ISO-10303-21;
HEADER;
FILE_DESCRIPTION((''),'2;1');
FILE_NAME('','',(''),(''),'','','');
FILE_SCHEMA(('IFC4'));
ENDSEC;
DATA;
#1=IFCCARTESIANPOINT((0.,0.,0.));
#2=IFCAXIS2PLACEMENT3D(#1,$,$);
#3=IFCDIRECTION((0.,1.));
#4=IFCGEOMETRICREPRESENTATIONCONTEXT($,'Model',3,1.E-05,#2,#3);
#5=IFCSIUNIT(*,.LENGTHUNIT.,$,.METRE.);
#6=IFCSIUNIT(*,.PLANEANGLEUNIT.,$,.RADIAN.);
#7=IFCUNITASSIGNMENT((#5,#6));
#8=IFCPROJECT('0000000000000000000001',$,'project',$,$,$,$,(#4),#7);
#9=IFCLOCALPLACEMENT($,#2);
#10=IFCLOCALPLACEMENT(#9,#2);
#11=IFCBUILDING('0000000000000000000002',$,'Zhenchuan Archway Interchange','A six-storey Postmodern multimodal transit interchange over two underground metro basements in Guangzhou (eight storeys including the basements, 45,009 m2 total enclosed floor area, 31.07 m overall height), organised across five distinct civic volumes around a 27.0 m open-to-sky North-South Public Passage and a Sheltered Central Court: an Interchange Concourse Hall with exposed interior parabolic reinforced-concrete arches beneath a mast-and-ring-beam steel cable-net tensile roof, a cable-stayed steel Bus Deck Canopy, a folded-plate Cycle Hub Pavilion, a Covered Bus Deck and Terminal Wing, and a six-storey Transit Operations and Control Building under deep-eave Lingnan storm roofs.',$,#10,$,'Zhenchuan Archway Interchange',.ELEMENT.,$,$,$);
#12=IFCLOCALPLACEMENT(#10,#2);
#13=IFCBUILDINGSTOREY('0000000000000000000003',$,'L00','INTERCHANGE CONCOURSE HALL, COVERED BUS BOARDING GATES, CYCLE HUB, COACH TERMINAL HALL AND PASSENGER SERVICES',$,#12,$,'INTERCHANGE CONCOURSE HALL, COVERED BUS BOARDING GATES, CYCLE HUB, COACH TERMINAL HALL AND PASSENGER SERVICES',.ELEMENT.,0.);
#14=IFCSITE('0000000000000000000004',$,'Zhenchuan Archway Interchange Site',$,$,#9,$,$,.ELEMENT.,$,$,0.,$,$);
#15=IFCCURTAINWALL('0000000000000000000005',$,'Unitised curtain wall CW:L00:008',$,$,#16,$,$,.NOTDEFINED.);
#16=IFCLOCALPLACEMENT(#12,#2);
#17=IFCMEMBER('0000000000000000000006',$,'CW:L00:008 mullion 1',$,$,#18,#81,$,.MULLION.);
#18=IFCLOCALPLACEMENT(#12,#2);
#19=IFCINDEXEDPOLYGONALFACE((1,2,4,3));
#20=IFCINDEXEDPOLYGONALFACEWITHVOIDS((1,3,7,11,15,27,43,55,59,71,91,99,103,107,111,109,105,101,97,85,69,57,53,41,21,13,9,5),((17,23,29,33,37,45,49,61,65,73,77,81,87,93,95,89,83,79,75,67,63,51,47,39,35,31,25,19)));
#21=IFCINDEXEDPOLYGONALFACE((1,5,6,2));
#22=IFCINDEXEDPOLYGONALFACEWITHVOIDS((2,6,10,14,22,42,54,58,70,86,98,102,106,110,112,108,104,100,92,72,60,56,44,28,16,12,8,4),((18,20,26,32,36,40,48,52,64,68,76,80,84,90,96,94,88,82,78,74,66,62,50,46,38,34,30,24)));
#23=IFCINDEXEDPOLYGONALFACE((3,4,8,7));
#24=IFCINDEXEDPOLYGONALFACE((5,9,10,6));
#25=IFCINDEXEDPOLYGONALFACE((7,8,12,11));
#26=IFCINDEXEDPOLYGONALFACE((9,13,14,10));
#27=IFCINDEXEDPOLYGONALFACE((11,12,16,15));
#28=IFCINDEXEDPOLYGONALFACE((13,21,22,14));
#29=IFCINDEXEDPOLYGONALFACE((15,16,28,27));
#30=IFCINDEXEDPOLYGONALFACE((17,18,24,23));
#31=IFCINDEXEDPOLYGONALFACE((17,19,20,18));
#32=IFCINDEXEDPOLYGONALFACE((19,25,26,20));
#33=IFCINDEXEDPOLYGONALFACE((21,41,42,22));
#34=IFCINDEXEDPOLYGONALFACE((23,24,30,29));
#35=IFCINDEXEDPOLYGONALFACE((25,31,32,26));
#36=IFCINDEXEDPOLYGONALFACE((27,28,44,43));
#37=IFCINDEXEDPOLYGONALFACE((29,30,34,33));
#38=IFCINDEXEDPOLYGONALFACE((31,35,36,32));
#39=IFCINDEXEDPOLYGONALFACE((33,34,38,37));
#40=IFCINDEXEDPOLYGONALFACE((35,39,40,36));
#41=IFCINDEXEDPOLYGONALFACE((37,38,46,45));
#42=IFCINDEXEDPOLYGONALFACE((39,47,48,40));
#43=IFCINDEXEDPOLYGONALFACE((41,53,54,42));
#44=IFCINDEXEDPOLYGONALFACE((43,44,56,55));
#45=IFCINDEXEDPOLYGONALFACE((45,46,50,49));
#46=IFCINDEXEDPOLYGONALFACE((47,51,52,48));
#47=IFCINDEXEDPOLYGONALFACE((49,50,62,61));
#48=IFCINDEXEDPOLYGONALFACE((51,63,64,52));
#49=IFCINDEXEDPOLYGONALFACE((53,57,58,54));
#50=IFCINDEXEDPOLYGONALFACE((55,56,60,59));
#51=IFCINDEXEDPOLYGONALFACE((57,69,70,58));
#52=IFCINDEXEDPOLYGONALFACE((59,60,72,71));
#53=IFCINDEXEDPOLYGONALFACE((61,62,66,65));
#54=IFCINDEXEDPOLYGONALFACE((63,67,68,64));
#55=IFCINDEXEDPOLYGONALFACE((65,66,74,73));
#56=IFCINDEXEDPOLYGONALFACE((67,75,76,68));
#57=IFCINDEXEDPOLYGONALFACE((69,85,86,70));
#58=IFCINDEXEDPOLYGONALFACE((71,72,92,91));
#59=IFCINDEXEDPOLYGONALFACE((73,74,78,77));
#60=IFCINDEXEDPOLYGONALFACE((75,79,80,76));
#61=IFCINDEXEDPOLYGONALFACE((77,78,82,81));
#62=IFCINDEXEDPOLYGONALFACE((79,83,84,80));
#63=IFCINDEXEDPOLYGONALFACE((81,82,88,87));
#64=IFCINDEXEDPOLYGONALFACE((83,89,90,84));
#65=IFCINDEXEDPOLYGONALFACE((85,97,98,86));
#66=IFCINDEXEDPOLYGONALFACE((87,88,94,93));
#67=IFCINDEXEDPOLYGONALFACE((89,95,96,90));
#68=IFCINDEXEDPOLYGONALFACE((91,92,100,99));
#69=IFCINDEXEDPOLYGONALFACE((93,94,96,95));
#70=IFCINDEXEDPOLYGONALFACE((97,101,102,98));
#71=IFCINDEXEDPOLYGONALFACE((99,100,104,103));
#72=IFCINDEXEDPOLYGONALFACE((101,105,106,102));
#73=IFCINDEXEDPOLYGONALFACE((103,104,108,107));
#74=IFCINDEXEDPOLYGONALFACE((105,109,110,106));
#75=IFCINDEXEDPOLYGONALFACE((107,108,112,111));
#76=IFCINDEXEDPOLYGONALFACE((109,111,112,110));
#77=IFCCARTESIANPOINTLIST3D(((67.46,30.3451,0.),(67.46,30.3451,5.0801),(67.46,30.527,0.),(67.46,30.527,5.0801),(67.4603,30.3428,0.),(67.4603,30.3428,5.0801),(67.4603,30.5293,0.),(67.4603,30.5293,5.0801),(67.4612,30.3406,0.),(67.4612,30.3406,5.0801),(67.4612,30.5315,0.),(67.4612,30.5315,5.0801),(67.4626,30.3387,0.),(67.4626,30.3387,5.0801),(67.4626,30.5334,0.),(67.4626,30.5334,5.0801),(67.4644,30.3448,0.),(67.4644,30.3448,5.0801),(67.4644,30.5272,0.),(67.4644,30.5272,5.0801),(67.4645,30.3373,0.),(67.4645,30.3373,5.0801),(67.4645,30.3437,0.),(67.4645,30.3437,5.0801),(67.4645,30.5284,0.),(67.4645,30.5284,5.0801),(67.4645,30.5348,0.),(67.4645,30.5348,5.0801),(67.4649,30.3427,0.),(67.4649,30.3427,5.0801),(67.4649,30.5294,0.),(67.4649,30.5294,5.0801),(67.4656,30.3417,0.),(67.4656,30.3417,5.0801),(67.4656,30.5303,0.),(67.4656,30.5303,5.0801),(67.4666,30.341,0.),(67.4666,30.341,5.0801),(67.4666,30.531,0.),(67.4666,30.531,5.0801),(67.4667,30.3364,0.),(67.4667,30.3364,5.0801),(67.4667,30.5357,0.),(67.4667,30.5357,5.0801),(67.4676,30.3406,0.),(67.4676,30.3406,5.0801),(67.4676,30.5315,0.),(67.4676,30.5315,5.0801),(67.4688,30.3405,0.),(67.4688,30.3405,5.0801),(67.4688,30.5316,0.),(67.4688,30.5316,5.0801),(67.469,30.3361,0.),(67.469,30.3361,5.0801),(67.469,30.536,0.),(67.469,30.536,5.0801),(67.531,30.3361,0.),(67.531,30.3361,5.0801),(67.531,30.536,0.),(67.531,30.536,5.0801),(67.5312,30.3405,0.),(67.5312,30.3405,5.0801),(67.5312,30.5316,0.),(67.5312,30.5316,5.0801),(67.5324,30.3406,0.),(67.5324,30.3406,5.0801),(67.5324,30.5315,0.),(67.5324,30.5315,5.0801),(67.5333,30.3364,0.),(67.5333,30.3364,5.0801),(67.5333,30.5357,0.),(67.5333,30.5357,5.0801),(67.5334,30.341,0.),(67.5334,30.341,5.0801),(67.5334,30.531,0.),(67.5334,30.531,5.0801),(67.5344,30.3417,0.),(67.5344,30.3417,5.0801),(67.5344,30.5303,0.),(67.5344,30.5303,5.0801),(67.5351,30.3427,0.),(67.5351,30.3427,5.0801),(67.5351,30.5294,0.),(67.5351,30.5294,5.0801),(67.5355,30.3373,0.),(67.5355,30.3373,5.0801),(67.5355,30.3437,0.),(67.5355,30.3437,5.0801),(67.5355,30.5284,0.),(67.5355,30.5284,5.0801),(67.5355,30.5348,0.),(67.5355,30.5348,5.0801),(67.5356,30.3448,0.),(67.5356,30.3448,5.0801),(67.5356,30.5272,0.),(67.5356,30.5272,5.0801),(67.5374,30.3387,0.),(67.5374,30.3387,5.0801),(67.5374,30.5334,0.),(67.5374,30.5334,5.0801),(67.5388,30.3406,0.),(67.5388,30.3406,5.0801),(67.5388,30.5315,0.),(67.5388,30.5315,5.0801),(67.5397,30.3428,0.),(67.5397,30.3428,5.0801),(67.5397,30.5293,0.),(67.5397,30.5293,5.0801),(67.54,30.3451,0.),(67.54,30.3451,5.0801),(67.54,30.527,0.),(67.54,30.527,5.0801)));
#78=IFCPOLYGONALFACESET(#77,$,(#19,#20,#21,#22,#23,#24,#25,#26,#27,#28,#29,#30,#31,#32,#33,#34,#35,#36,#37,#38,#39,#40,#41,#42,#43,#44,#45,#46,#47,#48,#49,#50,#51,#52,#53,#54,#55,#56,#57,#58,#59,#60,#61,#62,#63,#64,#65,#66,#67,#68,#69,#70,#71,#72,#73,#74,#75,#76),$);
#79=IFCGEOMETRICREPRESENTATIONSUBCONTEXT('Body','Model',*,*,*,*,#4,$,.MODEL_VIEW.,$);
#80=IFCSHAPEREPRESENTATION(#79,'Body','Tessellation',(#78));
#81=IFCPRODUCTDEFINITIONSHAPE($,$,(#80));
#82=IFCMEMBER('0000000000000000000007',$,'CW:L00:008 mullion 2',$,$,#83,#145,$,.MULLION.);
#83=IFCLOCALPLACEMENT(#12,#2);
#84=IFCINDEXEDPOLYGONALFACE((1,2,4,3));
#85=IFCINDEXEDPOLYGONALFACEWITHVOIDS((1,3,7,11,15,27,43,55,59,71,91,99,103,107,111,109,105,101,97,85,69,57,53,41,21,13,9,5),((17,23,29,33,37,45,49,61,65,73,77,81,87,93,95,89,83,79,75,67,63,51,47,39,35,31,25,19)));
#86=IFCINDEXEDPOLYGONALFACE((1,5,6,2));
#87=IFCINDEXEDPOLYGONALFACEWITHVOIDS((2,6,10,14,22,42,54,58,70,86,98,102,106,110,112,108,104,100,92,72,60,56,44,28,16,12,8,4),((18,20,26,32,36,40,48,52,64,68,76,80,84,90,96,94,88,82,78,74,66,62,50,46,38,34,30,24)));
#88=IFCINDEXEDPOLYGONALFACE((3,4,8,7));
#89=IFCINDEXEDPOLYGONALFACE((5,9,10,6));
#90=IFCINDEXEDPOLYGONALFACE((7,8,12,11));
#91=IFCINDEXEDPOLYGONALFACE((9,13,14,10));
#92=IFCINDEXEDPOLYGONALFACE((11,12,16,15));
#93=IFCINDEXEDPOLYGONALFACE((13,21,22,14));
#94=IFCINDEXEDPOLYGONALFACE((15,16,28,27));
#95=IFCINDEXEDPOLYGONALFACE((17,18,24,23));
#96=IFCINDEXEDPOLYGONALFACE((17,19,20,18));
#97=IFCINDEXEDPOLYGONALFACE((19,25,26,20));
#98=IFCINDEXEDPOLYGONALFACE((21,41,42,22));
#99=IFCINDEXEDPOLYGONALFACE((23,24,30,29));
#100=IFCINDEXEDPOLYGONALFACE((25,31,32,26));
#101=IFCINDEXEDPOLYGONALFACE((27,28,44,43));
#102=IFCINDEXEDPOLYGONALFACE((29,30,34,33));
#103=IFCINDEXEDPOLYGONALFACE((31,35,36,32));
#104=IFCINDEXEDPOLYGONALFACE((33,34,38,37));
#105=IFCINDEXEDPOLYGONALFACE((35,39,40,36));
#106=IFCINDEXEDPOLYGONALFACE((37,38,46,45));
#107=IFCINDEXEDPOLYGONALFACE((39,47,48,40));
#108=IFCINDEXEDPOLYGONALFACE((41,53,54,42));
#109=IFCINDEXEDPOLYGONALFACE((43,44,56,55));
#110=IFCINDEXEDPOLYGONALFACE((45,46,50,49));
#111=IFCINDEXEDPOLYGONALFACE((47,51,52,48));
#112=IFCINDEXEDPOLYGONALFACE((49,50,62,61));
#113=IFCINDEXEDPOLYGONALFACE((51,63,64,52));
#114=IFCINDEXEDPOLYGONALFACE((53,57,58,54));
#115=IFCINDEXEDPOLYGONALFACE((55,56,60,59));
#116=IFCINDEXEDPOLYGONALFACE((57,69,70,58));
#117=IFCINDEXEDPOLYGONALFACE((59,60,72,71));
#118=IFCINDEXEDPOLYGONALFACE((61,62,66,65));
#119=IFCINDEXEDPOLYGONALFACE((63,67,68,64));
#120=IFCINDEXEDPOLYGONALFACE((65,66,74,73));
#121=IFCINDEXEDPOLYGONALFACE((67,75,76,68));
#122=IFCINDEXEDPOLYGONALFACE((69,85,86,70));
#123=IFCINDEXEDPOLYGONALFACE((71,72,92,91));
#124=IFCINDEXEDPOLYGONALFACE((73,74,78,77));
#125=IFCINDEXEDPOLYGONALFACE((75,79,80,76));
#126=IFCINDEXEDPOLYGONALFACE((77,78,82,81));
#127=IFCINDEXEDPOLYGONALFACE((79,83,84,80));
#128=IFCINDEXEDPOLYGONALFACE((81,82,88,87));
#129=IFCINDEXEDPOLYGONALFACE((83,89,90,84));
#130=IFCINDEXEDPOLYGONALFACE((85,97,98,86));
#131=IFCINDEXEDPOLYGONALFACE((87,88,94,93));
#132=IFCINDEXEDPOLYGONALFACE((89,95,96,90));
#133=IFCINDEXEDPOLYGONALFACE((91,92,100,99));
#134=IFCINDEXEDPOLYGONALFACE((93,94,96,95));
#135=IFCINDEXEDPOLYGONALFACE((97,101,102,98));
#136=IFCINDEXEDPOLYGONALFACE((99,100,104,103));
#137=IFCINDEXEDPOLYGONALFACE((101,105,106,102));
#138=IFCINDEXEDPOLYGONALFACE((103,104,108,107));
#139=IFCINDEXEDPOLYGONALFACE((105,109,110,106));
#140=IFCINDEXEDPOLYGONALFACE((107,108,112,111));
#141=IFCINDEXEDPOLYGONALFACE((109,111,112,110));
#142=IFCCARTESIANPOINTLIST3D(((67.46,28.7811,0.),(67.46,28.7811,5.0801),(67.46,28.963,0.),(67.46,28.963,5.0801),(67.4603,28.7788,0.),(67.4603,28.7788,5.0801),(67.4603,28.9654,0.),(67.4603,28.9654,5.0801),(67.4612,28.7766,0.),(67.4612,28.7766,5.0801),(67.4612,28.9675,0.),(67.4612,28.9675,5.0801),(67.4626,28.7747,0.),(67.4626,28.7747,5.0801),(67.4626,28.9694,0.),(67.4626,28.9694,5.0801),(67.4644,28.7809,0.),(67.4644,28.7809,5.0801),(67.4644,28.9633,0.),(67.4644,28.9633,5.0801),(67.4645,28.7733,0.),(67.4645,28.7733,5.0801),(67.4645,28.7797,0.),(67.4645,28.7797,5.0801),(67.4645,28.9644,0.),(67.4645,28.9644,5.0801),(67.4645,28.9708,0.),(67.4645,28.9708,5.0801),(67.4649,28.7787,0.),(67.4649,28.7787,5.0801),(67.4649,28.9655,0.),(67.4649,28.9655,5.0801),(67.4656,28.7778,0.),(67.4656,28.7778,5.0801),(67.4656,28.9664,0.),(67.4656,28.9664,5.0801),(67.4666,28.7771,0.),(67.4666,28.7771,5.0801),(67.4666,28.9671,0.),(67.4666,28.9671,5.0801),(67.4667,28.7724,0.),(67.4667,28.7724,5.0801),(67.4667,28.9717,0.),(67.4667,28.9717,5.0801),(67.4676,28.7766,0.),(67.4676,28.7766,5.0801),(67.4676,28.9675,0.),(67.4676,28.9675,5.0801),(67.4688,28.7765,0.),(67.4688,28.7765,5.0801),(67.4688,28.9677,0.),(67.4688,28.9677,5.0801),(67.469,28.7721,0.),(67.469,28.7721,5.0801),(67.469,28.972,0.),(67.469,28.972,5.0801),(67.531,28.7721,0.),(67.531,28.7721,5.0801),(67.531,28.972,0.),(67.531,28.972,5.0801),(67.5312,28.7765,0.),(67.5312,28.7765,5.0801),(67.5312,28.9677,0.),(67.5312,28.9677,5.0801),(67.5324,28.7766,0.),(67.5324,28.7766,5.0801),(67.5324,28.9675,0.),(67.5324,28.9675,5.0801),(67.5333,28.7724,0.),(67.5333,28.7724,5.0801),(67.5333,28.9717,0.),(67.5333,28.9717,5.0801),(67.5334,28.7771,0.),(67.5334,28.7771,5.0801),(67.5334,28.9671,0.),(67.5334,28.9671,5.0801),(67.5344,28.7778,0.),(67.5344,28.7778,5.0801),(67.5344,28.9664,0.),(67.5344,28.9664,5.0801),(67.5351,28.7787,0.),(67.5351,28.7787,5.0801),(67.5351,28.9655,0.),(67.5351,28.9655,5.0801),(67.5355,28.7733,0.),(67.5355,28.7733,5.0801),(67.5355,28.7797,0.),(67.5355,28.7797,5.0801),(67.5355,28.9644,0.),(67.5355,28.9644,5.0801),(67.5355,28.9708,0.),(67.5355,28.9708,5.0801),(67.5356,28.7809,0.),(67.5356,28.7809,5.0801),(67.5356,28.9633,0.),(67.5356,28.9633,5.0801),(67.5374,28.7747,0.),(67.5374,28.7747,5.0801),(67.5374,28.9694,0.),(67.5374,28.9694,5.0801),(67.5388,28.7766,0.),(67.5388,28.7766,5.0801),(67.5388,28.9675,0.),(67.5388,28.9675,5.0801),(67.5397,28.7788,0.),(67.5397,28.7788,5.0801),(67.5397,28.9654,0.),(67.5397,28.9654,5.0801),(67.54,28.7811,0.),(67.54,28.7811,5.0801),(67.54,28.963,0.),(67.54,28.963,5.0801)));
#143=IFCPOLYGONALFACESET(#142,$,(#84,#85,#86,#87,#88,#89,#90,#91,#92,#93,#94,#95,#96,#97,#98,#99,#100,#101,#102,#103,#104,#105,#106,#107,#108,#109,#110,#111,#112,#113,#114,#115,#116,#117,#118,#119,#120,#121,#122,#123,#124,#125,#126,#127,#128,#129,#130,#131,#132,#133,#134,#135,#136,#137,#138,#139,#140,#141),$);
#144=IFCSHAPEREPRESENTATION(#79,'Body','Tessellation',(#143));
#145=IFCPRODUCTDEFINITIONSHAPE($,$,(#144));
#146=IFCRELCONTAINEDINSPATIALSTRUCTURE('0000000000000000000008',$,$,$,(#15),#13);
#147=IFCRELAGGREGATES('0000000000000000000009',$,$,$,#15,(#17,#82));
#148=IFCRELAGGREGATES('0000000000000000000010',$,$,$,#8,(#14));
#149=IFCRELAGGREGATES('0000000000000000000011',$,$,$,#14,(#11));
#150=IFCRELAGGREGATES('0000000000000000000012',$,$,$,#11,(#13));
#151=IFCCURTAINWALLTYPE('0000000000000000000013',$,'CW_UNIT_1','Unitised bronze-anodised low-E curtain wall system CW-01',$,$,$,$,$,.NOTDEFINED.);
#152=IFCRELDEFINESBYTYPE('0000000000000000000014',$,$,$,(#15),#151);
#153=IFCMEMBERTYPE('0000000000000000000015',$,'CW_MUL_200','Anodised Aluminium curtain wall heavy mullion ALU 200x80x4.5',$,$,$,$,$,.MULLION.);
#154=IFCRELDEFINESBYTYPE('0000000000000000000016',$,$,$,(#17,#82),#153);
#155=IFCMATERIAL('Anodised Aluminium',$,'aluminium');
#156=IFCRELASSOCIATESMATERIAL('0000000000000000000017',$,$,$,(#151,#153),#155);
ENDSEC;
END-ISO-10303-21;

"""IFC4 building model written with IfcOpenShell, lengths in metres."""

from ifc_helpers import new_model, si_unit, direction, frame, origin, origin_2d, place, context, subcontext, project, spatial, hollow_rectangle, extrude, material, material_profile, profile_set, type_object, element, aggregate, save


model = new_model("IFC4")

# Units and contexts
model_context = context("Model", 3, precision=1e-05, world=origin(), true_north=direction((0.0, 1.0)))
body_context = subcontext(model_context, "Body", "Model", "MODEL_VIEW")
ifc_project = project(units=[si_unit("LENGTHUNIT", "METRE"), si_unit("PLANEANGLEUNIT", "RADIAN")], contexts=[model_context])

# Site, building, storey
site_placement = place(None, origin())
site = spatial("IfcSite", under=ifc_project, at=site_placement, Name="Zhenchuan Archway Interchange Site", CompositionType="ELEMENT", RefElevation=0.0)
building_placement = place(site_placement, origin())
building = spatial("IfcBuilding", under=site, at=building_placement, Name="Zhenchuan Archway Interchange", Description="A six-storey Postmodern multimodal transit interchange over two underground metro basements in Guangzhou (eight storeys including the basements, 45,009 m2 total enclosed floor area, 31.07 m overall height), organised across five distinct civic volumes around a 27.0 m open-to-sky North-South Public Passage and a Sheltered Central Court: an Interchange Concourse Hall with exposed interior parabolic reinforced-concrete arches beneath a mast-and-ring-beam steel cable-net tensile roof, a cable-stayed steel Bus Deck Canopy, a folded-plate Cycle Hub Pavilion, a Covered Bus Deck and Terminal Wing, and a six-storey Transit Operations and Control Building under deep-eave Lingnan storm roofs.", LongName="Zhenchuan Archway Interchange", CompositionType="ELEMENT")
storey_placement = place(building_placement, origin())
storey = spatial("IfcBuildingStorey", under=building, at=storey_placement, Name="L00", Description="INTERCHANGE CONCOURSE HALL, COVERED BUS BOARDING GATES, CYCLE HUB, COACH TERMINAL HALL AND PASSENGER SERVICES", LongName="INTERCHANGE CONCOURSE HALL, COVERED BUS BOARDING GATES, CYCLE HUB, COACH TERMINAL HALL AND PASSENGER SERVICES", CompositionType="ELEMENT", Elevation=0.0)

# Curtain wall, members
ifc_material_1 = material(Name="Anodised Aluminium", Category="aluminium")
curtain_wall_type = type_object("IfcCurtainWallType", Name="CW_UNIT_1", Description="Unitised bronze-anodised low-E curtain wall system CW-01", PredefinedType="NOTDEFINED", material=ifc_material_1)
curtain_wall_placement = place(storey_placement, origin())
curtain_wall = element("IfcCurtainWall", 1, at=curtain_wall_placement, inside=storey, type_object=curtain_wall_type, Name="Unitised curtain wall CW:L00:008", PredefinedType="NOTDEFINED")
ifc_material_profile_1 = material_profile(ifc_material_1, hollow_rectangle(XDim=0.0801, YDim=0.2, WallThickness=0.0044, InnerFilletRadius=0.0044, OuterFilletRadius=0.009, at=origin_2d()), Name="ALU 200x80x4.5")
ifc_profile_set_1 = profile_set([ifc_material_profile_1], Name="Anodised Aluminium")
member_type_1 = type_object("IfcMemberType", Name="CW_MUL_200", Description="Anodised Aluminium curtain wall heavy mullion ALU 200x80x4.5", PredefinedType="MULLION", material=ifc_profile_set_1)
member_1_placement = place(storey_placement, frame((67.5, 30.436, 0.0), z_axis=(0.0, 0.0, 1.0), x_axis=(1.0, 0.0, 0.0)))
member_1 = element("IfcMember", 2, at=member_1_placement, type_object=member_type_1, Name="CW:L00:008 mullion 1", PredefinedType="MULLION", context=body_context, shape_type="SweptSolid", body=[
    extrude(hollow_rectangle(XDim=0.0801, YDim=0.2, WallThickness=0.0044, InnerFilletRadius=0.0044, OuterFilletRadius=0.009, at=origin_2d()), origin(), (0.0, 0.0, 1.0), 5.0801),
])
member_2_placement = place(storey_placement, frame((67.5, 28.8721, 0.0), z_axis=(0.0, 0.0, 1.0), x_axis=(1.0, 0.0, 0.0)))
member_2 = element("IfcMember", 3, at=member_2_placement, type_object=member_type_1, Name="CW:L00:008 mullion 2", PredefinedType="MULLION", context=body_context, shape_type="SweptSolid", body=[
    extrude(hollow_rectangle(XDim=0.0801, YDim=0.2, WallThickness=0.0044, InnerFilletRadius=0.0044, OuterFilletRadius=0.009, at=origin_2d()), origin(), (0.0, 0.0, 1.0), 5.0801),
])
aggregate(curtain_wall, [member_1, member_2])

save(model, "model.ifc")
